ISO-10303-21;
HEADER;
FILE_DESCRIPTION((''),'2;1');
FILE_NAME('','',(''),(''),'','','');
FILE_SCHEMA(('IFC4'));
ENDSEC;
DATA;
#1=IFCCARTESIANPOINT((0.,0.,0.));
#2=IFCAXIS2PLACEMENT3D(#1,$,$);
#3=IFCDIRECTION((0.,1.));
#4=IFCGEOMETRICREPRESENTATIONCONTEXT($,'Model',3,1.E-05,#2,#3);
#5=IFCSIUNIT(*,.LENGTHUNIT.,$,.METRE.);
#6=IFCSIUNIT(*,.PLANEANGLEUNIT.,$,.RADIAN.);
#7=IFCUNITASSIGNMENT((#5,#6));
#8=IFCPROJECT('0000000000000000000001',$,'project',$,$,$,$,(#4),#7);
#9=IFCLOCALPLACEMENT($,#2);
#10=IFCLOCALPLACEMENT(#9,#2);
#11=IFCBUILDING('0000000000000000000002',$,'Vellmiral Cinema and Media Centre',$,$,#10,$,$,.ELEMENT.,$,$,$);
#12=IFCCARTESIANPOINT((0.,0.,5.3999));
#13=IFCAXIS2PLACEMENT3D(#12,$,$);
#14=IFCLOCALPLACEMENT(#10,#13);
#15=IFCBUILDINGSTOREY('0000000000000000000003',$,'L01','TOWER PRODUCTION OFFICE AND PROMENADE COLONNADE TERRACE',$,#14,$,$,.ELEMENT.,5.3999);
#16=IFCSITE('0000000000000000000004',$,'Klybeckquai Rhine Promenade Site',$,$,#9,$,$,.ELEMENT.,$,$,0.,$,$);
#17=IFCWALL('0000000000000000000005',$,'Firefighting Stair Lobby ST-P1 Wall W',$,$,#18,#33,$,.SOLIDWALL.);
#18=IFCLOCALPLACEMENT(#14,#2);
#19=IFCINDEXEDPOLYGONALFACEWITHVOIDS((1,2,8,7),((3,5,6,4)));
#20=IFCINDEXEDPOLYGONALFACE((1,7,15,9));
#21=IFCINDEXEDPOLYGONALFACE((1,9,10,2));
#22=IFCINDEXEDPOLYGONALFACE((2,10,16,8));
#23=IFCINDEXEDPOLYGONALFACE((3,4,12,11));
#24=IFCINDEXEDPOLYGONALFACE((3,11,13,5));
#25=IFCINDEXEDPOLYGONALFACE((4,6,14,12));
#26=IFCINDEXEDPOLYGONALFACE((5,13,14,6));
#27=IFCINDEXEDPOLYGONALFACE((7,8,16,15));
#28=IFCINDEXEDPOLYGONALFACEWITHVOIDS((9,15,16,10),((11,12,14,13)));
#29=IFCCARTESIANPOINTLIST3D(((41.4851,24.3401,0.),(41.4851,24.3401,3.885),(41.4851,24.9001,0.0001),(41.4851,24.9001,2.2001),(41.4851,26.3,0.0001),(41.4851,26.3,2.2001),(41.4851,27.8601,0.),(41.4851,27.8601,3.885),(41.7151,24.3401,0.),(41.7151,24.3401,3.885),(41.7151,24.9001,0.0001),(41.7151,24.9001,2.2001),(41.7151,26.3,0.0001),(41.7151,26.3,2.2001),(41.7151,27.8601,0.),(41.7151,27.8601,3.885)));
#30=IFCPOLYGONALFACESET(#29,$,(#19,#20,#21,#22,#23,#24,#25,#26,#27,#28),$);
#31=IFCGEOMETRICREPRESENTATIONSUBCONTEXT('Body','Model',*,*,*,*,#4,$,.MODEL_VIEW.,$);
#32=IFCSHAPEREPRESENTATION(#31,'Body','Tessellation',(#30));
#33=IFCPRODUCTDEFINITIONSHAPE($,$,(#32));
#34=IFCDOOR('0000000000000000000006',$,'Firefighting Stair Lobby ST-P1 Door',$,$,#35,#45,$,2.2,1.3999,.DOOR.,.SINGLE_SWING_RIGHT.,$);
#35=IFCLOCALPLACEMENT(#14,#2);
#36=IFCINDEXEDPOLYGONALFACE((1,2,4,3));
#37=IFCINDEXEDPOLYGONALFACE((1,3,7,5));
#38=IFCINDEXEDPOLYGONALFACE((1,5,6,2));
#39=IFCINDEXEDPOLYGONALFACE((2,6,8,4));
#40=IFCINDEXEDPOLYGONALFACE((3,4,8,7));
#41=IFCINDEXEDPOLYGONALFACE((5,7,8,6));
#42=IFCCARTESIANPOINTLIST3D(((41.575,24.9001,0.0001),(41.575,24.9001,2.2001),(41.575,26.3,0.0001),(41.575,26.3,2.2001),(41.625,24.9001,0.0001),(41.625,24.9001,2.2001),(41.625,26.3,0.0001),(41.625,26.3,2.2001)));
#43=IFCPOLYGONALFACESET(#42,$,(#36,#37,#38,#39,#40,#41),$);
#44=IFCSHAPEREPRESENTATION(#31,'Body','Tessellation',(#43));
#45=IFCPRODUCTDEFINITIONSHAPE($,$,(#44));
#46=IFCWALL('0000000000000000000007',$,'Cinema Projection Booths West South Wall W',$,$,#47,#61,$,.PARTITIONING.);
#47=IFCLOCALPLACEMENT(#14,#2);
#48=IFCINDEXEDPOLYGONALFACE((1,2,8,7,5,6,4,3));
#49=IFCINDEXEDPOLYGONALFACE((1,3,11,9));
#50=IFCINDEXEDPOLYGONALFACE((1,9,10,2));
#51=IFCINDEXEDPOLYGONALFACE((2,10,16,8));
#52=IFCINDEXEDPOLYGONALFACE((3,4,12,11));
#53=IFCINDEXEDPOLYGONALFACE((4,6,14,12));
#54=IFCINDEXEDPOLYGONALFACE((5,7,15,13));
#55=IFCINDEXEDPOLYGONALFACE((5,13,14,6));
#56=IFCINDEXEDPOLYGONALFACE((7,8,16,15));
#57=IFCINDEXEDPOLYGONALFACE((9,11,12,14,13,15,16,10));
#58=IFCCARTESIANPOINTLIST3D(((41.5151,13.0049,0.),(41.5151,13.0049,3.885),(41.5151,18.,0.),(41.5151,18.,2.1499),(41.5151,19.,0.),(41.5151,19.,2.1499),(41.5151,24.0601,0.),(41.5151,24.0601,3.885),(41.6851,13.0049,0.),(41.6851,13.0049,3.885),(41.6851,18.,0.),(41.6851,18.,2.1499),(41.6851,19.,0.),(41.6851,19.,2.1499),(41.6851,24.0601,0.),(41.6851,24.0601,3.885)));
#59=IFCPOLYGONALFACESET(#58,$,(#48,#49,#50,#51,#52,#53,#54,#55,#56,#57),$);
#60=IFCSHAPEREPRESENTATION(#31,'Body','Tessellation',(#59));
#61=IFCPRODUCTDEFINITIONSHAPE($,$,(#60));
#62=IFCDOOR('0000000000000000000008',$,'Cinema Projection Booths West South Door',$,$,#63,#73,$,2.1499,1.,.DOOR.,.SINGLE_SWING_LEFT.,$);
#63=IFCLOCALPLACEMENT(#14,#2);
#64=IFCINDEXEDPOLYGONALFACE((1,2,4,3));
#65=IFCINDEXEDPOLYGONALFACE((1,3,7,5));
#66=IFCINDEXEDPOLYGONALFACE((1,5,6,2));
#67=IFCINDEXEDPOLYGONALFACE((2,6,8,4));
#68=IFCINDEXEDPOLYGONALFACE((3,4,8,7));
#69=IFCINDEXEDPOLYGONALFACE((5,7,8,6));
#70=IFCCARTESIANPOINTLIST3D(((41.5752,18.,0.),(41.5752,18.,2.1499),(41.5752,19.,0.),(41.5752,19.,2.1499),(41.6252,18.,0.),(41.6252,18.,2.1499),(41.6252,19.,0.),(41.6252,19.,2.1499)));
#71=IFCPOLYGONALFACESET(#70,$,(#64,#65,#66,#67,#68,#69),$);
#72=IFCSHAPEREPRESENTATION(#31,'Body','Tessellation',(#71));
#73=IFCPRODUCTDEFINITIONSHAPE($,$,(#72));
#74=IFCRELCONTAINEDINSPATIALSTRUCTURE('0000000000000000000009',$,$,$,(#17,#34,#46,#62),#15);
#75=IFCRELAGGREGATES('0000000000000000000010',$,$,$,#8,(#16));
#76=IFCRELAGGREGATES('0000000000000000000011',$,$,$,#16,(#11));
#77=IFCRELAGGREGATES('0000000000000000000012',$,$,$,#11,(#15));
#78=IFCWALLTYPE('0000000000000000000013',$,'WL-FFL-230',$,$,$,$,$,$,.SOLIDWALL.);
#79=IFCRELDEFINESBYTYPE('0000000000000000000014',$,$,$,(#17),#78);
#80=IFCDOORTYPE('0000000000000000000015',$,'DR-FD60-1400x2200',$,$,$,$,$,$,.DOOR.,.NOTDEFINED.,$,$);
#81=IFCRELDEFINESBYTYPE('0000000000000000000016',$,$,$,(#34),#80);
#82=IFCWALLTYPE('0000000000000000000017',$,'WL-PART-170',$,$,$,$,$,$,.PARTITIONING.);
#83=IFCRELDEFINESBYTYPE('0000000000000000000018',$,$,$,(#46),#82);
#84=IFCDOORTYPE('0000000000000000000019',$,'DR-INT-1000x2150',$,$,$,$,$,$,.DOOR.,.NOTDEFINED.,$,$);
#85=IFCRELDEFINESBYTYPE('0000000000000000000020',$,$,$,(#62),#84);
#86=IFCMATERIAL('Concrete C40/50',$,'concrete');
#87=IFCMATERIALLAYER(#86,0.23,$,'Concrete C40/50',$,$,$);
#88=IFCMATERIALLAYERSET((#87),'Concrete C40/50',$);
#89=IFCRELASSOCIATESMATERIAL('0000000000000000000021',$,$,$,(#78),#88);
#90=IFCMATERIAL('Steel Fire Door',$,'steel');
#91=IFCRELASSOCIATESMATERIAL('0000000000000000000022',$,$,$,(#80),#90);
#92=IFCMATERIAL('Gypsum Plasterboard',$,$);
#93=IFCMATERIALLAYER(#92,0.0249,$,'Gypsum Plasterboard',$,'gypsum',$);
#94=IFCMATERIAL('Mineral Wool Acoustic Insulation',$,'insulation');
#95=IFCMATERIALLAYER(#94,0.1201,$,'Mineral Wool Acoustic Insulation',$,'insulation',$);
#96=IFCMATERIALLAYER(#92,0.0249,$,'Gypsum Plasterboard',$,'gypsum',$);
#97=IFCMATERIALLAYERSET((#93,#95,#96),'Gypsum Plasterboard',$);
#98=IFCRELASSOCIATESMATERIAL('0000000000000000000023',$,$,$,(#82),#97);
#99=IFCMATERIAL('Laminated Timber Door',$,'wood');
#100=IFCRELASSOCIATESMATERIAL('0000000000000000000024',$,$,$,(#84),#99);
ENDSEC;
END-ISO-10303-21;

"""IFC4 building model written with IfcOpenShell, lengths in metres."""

from ifc_helpers import new_model, si_unit, direction, frame, frame_2d, origin, place, context, subcontext, project, spatial, rectangle, extrude, material, layer, layer_set, type_object, element, fill, save


model = new_model("IFC4")

# Units and contexts
model_context = context("Model", 3, precision=1e-05, world=origin(), true_north=direction((0.0, 1.0)))
body_context = subcontext(model_context, "Body", "Model", "MODEL_VIEW")
ifc_project = project(units=[si_unit("LENGTHUNIT", "METRE"), si_unit("PLANEANGLEUNIT", "RADIAN")], contexts=[model_context])

# Site, building, storey
site_placement = place(None, origin())
site = spatial("IfcSite", under=ifc_project, at=site_placement, Name="Klybeckquai Rhine Promenade Site", CompositionType="ELEMENT", RefElevation=0.0)
building_placement = place(site_placement, origin())
building = spatial("IfcBuilding", under=site, at=building_placement, Name="Vellmiral Cinema and Media Centre", CompositionType="ELEMENT")
storey_placement = place(building_placement, frame((0.0, 0.0, 5.3999)))
storey = spatial("IfcBuildingStorey", under=building, at=storey_placement, Name="L01", Description="TOWER PRODUCTION OFFICE AND PROMENADE COLONNADE TERRACE", CompositionType="ELEMENT", Elevation=5.3999)

# Shared definitions
ifc_material_1 = material(Name="Concrete C40/50", Category="concrete")
ifc_layer_1 = layer(ifc_material_1, 0.23, Name="Concrete C40/50")
ifc_layer_set_1 = layer_set([ifc_layer_1], Name="Concrete C40/50")
wall_type_1 = type_object("IfcWallType", Name="WL-FFL-230", PredefinedType="SOLIDWALL", material=ifc_layer_set_1)

# Walls, openings, doors
wall_1_placement = place(storey_placement, frame((41.6001, 24.3401, 0.0), z_axis=(0.0, 0.0, 1.0), x_axis=(0.0, 1.0, 0.0)))
wall_1 = element("IfcWall", 1, at=wall_1_placement, inside=storey, type_object=wall_type_1, Name="Firefighting Stair Lobby ST-P1 Wall W", PredefinedType="SOLIDWALL", context=body_context, shape_type="SweptSolid", body=[
    extrude(rectangle(XDim=3.52, YDim=0.23, at=frame_2d((1.76, 0.0))), origin(), (0.0, 0.0, 1.0), 3.885),
])
opening_1_placement = place(wall_1_placement, frame((0.5601, 0.0, 0.0)))
opening_1 = element("IfcOpeningElement", 2, at=opening_1_placement, cuts=wall_1, PredefinedType="OPENING", context=body_context, shape_type="SweptSolid", body=[
    extrude(rectangle(XDim=1.3999, YDim=2.2, at=frame_2d((0.7, 1.1001))), frame((0.0, 0.127, 0.0), z_axis=(0.0, -1.0, 0.0), x_axis=(1.0, 0.0, 0.0)), (0.0, 0.0, 1.0), 0.2539),
])
ifc_material_2 = material(Name="Steel Fire Door", Category="steel")
door_type_1 = type_object("IfcDoorType", Name="DR-FD60-1400x2200", OperationType="NOTDEFINED", PredefinedType="DOOR", material=ifc_material_2)
door_1_placement = place(opening_1_placement, frame((1.3999, 0.0, 0.0), z_axis=(0.0, 0.0, 1.0), x_axis=(-1.0, 0.0, 0.0)))
door_1 = element("IfcDoor", 3, at=door_1_placement, inside=storey, type_object=door_type_1, Name="Firefighting Stair Lobby ST-P1 Door", OperationType="SINGLE_SWING_RIGHT", OverallHeight=2.2, OverallWidth=1.3999, PredefinedType="DOOR", context=body_context, shape_type="SweptSolid", body=[
    extrude(rectangle(XDim=1.3999, YDim=2.2, at=frame_2d((0.7, 1.1001))), frame((0.0, 0.0249, 0.0), z_axis=(0.0, -1.0, 0.0), x_axis=(1.0, 0.0, 0.0)), (0.0, 0.0, 1.0), 0.05),
])
fill(opening_1, door_1)
ifc_material_3 = material(Name="Gypsum Plasterboard")
ifc_layer_2 = layer(ifc_material_3, 0.0249, Name="Gypsum Plasterboard", Category="gypsum")
ifc_material_4 = material(Name="Mineral Wool Acoustic Insulation", Category="insulation")
ifc_layer_3 = layer(ifc_material_4, 0.1201, Name="Mineral Wool Acoustic Insulation", Category="insulation")
ifc_layer_4 = layer(ifc_material_3, 0.0249, Name="Gypsum Plasterboard", Category="gypsum")
ifc_layer_set_2 = layer_set([ifc_layer_2, ifc_layer_3, ifc_layer_4], Name="Gypsum Plasterboard")
wall_type_2 = type_object("IfcWallType", Name="WL-PART-170", PredefinedType="PARTITIONING", material=ifc_layer_set_2)
wall_2_placement = place(storey_placement, frame((41.6001, 13.0049, 0.0), z_axis=(0.0, 0.0, 1.0), x_axis=(0.0, 1.0, 0.0)))
wall_2 = element("IfcWall", 4, at=wall_2_placement, inside=storey, type_object=wall_type_2, Name="Cinema Projection Booths West South Wall W", PredefinedType="PARTITIONING", context=body_context, shape_type="SweptSolid", body=[
    extrude(rectangle(XDim=11.0552, YDim=0.1699, at=frame_2d((5.5276, 0.0))), origin(), (0.0, 0.0, 1.0), 3.885),
])
opening_2_placement = place(wall_2_placement, frame((4.9951, 0.0, 0.0)))
opening_2 = element("IfcOpeningElement", 5, at=opening_2_placement, cuts=wall_2, PredefinedType="OPENING", context=body_context, shape_type="SweptSolid", body=[
    extrude(rectangle(XDim=1.0, YDim=2.1499, at=frame_2d((0.5, 1.075))), frame((0.0, 0.0969, 0.0), z_axis=(0.0, -1.0, 0.0), x_axis=(1.0, 0.0, 0.0)), (0.0, 0.0, 1.0), 0.1938),
])
ifc_material_5 = material(Name="Laminated Timber Door", Category="wood")
door_type_2 = type_object("IfcDoorType", Name="DR-INT-1000x2150", OperationType="NOTDEFINED", PredefinedType="DOOR", material=ifc_material_5)
door_2_placement = place(opening_2_placement, origin())
door_2 = element("IfcDoor", 6, at=door_2_placement, inside=storey, type_object=door_type_2, Name="Cinema Projection Booths West South Door", OperationType="SINGLE_SWING_LEFT", OverallHeight=2.1499, OverallWidth=1.0, PredefinedType="DOOR", context=body_context, shape_type="SweptSolid", body=[
    extrude(rectangle(XDim=1.0, YDim=2.1499, at=frame_2d((0.5, 1.075))), frame((0.0, 0.0249, 0.0), z_axis=(0.0, -1.0, 0.0), x_axis=(1.0, 0.0, 0.0)), (0.0, 0.0, 1.0), 0.05),
])
fill(opening_2, door_2)

save(model, "model.ifc")
